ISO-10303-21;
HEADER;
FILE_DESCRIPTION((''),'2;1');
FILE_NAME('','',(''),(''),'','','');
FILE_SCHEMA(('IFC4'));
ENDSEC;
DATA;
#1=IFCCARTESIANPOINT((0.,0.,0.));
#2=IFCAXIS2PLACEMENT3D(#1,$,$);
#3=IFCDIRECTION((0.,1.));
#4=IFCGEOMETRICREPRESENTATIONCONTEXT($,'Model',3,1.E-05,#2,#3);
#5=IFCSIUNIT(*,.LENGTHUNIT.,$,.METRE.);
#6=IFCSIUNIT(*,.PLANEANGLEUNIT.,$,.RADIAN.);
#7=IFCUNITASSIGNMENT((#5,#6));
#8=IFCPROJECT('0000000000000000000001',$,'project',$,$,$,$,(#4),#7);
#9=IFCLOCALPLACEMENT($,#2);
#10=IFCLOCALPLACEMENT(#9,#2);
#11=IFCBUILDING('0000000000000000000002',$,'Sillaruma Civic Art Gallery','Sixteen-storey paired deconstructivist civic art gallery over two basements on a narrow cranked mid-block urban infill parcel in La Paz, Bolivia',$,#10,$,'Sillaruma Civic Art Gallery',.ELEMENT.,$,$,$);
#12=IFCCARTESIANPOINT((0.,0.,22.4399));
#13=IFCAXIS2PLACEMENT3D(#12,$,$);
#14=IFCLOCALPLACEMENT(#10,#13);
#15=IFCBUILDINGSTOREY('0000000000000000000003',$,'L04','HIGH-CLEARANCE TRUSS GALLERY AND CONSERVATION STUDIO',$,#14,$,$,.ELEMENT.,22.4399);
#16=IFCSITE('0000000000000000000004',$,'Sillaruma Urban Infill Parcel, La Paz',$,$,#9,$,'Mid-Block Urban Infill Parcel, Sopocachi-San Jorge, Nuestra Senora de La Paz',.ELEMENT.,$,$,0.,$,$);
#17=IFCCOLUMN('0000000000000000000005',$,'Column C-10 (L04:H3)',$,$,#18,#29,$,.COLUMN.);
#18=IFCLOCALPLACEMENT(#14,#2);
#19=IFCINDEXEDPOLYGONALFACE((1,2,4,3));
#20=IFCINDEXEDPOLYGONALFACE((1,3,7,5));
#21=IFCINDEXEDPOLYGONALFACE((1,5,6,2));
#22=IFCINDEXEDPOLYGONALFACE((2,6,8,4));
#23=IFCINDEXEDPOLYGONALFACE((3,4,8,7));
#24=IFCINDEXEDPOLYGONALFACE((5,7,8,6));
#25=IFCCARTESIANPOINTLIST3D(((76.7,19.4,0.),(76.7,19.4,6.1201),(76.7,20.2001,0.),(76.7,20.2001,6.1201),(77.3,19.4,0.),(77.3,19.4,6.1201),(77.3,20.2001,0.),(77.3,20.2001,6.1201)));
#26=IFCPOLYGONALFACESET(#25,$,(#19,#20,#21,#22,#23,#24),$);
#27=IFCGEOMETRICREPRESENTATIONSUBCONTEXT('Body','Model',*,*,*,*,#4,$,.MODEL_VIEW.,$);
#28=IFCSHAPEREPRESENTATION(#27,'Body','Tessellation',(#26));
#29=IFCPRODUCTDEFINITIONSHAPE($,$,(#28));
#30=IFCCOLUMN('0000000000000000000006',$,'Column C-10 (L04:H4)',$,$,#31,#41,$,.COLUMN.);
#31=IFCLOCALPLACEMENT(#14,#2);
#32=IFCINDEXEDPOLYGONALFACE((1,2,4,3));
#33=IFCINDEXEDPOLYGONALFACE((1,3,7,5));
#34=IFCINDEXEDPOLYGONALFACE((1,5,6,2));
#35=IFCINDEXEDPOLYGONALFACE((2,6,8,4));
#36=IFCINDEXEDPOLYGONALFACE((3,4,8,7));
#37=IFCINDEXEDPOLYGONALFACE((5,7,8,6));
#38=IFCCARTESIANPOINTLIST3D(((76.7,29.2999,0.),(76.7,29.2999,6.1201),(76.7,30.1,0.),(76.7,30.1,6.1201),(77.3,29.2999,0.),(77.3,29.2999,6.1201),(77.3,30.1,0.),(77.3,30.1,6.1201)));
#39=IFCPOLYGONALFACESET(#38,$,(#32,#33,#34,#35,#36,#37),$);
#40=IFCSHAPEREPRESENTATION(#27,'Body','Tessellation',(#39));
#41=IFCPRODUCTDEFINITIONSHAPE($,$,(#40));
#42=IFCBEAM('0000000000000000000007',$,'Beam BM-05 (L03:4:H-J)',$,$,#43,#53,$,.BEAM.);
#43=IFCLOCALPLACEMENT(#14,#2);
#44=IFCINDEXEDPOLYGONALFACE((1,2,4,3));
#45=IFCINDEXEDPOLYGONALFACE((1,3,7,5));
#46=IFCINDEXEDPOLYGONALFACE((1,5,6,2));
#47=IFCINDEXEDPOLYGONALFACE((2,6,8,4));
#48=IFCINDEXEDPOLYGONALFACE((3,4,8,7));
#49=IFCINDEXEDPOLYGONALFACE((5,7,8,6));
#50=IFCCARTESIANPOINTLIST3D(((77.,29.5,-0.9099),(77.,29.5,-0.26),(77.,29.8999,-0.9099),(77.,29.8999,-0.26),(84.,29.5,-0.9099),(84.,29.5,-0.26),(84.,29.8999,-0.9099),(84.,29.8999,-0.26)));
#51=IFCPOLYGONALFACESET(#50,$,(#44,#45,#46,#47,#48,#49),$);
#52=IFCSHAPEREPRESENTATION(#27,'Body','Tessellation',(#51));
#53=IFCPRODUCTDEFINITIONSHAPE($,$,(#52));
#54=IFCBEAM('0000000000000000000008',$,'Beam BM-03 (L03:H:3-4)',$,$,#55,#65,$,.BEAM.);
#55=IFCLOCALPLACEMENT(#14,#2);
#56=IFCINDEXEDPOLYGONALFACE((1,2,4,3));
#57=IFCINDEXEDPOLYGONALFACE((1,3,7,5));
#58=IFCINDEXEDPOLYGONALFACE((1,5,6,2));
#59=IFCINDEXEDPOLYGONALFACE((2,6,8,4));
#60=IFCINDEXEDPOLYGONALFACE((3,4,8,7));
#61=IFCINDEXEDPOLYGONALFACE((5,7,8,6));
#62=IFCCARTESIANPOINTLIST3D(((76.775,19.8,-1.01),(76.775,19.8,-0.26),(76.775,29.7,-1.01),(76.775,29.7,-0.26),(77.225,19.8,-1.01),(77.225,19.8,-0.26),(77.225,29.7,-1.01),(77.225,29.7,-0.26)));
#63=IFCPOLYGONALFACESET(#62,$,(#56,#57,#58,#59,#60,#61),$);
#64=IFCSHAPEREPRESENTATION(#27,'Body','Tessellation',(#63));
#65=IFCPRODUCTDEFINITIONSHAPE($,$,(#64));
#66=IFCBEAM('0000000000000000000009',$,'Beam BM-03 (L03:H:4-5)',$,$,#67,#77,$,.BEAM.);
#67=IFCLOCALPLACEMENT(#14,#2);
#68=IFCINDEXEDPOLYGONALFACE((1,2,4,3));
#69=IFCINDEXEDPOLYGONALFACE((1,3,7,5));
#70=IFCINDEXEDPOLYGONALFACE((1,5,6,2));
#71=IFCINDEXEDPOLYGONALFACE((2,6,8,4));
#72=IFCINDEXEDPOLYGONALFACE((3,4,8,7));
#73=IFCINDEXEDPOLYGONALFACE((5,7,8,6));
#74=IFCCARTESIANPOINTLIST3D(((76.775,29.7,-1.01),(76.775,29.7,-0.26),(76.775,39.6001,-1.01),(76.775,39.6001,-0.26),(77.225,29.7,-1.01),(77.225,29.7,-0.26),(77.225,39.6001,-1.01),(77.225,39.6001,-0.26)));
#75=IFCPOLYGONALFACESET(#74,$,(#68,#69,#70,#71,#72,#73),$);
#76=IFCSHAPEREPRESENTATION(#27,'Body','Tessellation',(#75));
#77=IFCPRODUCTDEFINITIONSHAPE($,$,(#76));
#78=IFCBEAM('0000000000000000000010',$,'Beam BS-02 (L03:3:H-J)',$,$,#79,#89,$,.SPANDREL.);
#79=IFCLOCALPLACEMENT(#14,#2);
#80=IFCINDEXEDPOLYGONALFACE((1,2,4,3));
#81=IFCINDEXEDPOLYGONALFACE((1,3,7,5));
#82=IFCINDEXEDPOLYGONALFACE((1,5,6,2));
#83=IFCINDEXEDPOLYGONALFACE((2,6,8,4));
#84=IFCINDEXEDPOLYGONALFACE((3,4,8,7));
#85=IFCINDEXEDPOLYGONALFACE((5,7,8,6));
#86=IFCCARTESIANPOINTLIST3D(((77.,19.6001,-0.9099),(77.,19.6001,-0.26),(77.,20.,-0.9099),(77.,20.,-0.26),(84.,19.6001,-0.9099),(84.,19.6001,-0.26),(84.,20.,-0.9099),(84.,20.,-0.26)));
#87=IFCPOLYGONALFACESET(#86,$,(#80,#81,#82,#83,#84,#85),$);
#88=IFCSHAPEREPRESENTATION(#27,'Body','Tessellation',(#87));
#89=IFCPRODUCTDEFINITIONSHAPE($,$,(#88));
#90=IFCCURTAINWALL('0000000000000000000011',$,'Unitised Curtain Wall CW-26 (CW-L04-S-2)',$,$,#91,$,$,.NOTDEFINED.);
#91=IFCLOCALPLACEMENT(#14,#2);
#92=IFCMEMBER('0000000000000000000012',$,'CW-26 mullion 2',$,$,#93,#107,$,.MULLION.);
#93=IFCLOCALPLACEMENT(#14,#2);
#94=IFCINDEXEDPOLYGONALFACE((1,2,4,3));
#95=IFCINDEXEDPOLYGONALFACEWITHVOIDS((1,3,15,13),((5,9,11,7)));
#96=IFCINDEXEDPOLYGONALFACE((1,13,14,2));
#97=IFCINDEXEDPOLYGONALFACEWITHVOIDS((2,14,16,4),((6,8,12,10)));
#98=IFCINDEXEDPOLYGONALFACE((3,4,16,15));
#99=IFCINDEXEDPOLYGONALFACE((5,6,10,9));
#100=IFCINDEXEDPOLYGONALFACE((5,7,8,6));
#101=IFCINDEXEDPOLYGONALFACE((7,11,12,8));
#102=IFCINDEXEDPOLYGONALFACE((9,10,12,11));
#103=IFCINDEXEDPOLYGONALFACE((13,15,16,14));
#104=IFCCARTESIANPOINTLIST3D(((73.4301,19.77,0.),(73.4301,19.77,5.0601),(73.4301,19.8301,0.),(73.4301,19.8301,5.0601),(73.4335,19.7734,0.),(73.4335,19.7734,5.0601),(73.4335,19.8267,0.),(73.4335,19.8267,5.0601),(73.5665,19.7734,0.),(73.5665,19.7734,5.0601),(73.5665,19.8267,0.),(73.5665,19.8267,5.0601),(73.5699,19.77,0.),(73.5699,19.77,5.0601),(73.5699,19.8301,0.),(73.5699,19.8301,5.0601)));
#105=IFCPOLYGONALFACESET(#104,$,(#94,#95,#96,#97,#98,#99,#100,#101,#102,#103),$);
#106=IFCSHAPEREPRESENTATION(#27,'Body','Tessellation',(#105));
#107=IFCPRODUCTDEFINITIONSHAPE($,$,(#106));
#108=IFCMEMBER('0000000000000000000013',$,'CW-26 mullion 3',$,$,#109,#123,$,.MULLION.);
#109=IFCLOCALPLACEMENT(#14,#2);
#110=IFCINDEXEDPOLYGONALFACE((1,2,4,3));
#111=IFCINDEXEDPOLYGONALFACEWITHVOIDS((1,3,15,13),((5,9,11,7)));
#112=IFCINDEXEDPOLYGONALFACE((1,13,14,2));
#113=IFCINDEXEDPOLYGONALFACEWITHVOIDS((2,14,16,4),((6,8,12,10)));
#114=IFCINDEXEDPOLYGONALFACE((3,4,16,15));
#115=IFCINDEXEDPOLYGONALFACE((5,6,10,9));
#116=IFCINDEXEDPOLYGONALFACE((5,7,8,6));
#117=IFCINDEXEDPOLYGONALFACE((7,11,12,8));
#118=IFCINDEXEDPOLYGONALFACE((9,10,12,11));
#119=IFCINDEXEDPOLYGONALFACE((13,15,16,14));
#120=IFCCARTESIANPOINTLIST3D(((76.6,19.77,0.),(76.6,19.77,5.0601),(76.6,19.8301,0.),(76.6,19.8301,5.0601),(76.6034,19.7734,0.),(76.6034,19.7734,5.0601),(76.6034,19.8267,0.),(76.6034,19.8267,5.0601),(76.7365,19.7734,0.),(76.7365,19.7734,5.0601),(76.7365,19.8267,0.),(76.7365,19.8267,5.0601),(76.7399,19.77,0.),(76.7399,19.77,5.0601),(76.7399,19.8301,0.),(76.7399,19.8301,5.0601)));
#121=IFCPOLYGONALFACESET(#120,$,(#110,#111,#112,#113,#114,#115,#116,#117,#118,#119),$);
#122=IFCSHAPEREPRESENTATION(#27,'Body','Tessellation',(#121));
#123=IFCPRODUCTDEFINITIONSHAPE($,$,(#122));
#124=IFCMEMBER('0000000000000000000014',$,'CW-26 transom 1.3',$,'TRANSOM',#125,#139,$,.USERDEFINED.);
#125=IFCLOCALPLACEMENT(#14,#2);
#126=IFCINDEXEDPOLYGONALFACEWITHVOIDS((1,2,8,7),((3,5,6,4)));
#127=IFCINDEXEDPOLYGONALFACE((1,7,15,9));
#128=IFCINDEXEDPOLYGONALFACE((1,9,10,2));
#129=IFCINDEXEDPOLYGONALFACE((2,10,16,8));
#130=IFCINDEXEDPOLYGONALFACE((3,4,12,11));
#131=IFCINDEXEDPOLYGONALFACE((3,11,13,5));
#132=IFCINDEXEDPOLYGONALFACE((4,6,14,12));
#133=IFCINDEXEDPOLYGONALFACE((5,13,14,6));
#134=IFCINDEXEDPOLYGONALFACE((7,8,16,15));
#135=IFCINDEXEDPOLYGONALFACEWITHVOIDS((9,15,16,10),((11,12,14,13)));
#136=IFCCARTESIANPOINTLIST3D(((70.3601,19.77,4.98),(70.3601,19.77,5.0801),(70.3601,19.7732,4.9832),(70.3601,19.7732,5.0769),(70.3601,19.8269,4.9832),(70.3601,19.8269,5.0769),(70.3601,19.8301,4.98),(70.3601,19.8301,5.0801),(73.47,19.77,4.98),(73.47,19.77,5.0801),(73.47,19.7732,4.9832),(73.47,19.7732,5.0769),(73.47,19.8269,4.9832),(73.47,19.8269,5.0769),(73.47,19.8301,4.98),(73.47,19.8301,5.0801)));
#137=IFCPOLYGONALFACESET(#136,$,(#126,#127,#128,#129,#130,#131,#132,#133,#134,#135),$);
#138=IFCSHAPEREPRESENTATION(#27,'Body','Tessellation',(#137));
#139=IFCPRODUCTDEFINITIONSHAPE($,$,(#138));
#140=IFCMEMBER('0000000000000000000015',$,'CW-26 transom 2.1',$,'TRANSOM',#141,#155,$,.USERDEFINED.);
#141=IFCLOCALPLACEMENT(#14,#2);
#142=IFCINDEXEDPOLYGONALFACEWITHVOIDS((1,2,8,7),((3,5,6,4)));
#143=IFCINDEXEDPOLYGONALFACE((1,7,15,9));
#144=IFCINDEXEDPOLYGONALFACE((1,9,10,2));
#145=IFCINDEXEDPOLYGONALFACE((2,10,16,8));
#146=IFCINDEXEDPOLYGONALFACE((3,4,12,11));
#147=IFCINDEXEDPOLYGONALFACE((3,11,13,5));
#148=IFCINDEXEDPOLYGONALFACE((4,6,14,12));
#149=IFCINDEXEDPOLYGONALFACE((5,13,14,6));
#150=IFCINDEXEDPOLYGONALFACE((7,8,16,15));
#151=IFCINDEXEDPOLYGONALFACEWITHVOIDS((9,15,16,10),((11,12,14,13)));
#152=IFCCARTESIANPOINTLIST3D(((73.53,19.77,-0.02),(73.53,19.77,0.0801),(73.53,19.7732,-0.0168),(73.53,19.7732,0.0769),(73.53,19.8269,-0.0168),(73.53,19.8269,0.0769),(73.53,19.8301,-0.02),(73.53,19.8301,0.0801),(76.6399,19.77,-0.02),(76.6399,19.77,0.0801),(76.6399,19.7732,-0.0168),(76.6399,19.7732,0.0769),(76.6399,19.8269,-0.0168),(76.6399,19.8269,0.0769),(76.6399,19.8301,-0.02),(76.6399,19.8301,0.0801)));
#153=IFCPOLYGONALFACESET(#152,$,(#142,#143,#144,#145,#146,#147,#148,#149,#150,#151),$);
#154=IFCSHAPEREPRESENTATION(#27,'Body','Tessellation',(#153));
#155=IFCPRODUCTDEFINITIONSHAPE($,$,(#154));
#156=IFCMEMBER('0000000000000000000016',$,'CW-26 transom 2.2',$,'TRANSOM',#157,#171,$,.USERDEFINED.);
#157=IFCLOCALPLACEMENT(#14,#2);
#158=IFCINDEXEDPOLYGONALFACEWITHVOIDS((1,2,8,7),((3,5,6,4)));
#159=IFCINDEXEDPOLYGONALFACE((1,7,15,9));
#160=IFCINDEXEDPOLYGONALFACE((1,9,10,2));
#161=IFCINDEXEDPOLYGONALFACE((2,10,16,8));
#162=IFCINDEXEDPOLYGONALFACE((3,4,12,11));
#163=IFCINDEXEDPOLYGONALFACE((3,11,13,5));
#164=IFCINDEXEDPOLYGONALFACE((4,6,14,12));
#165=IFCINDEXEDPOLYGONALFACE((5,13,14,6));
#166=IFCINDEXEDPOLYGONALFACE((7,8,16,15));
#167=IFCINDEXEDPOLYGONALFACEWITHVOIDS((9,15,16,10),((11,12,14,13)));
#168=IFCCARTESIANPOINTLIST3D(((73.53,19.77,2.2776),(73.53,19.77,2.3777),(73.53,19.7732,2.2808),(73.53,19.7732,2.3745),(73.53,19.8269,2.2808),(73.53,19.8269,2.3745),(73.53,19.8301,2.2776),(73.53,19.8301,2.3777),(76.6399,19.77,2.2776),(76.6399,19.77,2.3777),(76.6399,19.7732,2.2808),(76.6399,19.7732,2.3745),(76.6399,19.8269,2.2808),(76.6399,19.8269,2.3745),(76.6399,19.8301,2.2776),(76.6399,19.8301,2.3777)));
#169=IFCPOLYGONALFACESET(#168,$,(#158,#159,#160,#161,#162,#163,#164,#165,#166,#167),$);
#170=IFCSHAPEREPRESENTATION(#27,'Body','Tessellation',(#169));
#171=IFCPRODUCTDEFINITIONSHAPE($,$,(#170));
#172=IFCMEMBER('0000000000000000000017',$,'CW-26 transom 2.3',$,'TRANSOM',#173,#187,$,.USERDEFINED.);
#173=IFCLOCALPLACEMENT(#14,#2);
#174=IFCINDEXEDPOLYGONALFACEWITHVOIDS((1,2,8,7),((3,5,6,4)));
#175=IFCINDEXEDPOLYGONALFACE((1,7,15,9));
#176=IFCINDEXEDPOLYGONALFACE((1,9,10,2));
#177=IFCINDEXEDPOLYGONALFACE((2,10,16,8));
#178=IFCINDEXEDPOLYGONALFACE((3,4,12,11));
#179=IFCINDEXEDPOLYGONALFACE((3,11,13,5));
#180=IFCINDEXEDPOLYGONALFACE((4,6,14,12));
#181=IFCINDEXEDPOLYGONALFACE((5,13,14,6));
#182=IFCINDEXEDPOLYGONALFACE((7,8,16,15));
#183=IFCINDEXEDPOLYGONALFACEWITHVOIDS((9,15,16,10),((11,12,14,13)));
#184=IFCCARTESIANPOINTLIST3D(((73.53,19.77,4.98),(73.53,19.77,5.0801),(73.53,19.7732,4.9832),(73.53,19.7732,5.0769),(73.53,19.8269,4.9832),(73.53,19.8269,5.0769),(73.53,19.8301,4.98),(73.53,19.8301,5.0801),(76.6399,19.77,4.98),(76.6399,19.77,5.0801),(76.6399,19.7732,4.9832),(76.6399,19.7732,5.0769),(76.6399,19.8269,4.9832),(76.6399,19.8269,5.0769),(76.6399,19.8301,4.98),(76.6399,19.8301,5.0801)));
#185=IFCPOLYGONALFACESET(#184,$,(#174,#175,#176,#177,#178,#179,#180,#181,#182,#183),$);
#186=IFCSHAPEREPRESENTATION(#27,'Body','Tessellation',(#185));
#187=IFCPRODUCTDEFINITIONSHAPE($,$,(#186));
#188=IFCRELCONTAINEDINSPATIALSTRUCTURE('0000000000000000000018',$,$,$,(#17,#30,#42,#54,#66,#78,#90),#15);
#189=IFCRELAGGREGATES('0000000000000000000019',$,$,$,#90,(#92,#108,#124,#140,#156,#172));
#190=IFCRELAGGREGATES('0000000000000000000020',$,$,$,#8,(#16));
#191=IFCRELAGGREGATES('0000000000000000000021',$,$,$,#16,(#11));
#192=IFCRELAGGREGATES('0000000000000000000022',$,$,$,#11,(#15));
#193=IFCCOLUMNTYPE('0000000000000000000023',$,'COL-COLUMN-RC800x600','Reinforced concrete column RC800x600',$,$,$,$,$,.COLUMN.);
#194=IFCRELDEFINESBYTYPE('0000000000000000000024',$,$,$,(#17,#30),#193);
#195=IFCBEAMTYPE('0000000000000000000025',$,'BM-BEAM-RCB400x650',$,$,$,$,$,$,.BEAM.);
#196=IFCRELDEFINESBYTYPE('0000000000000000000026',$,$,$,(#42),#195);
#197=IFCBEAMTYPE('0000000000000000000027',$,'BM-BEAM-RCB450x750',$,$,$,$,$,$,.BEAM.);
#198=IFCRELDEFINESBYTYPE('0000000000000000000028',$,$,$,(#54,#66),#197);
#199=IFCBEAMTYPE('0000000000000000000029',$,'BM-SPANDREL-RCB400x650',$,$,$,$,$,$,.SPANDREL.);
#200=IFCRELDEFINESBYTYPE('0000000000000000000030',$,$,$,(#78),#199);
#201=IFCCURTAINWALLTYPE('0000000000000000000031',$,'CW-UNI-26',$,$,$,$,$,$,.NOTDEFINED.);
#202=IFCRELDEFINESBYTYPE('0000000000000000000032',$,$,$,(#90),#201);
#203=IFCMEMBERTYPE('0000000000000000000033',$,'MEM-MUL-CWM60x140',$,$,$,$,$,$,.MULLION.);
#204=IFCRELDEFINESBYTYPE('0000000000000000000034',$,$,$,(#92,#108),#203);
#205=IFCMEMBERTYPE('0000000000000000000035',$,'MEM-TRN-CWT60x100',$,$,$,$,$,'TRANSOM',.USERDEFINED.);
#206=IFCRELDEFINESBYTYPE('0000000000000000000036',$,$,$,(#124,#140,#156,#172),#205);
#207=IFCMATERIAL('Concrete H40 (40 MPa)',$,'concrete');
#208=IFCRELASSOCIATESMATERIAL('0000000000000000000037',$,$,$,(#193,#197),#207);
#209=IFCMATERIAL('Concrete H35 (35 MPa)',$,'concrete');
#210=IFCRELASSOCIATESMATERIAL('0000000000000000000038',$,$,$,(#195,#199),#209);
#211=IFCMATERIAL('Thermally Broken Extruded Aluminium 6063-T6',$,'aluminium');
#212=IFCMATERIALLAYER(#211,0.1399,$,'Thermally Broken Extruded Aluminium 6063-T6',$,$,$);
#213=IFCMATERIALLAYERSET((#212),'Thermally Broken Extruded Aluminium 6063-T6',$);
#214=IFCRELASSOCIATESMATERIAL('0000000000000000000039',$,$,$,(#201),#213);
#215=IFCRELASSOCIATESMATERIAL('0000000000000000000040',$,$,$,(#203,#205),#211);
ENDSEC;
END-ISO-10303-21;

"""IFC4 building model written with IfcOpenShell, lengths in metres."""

from ifc_helpers import new_model, si_unit, direction, frame, origin, origin_2d, place, context, subcontext, project, spatial, rectangle, hollow_rectangle, extrude, material, layer, layer_set, material_profile, profile_set, type_object, element, aggregate, save


model = new_model("IFC4")

# Units and contexts
model_context = context("Model", 3, precision=1e-05, world=origin(), true_north=direction((0.0, 1.0)))
body_context = subcontext(model_context, "Body", "Model", "MODEL_VIEW")
ifc_project = project(units=[si_unit("LENGTHUNIT", "METRE"), si_unit("PLANEANGLEUNIT", "RADIAN")], contexts=[model_context])

# Site, building, storey
site_placement = place(None, origin())
site = spatial("IfcSite", under=ifc_project, at=site_placement, Name="Sillaruma Urban Infill Parcel, La Paz", LongName="Mid-Block Urban Infill Parcel, Sopocachi-San Jorge, Nuestra Senora de La Paz", CompositionType="ELEMENT", RefElevation=0.0)
building_placement = place(site_placement, origin())
building = spatial("IfcBuilding", under=site, at=building_placement, Name="Sillaruma Civic Art Gallery", Description="Sixteen-storey paired deconstructivist civic art gallery over two basements on a narrow cranked mid-block urban infill parcel in La Paz, Bolivia", LongName="Sillaruma Civic Art Gallery", CompositionType="ELEMENT")
storey_placement = place(building_placement, frame((0.0, 0.0, 22.4399)))
storey = spatial("IfcBuildingStorey", under=building, at=storey_placement, Name="L04", Description="HIGH-CLEARANCE TRUSS GALLERY AND CONSERVATION STUDIO", CompositionType="ELEMENT", Elevation=22.4399)

# Columns
ifc_material_1 = material(Name="Concrete H40 (40 MPa)", Category="concrete")
ifc_material_profile_1 = material_profile(ifc_material_1, rectangle(XDim=0.6001, YDim=0.8, at=origin_2d()), Name="RC800x600")
ifc_profile_set_1 = profile_set([ifc_material_profile_1], Name="Concrete H40 (40 MPa)")
column_type = type_object("IfcColumnType", Name="COL-COLUMN-RC800x600", Description="Reinforced concrete column RC800x600", PredefinedType="COLUMN", material=ifc_profile_set_1)
for number, where, z_axis, x_axis, name in (
    (1, (77.0, 19.8, 0.0), (0.0, 0.0, 1.0), (1.0, 0.0, 0.0), "Column C-10 (L04:H3)"),
    (2, (77.0, 29.7, 0.0), (0.0, 0.0, 1.0), (1.0, 0.0, 0.0), "Column C-10 (L04:H4)"),
):
    element("IfcColumn", number, at=place(storey_placement, frame(where, z_axis=z_axis, x_axis=x_axis)), inside=storey, type_object=column_type, Name=name, PredefinedType="COLUMN", context=body_context, shape_type="SweptSolid", body=[
        extrude(rectangle(XDim=0.6001, YDim=0.8, at=origin_2d()), origin(), (0.0, 0.0, 1.0), 6.1201),
    ])

# Beams
ifc_material_2 = material(Name="Concrete H35 (35 MPa)", Category="concrete")
ifc_material_profile_2 = material_profile(ifc_material_2, rectangle(XDim=0.3999, YDim=0.6499, at=origin_2d()), Name="RCB400x650")
ifc_profile_set_2 = profile_set([ifc_material_profile_2], Name="Concrete H35 (35 MPa)")
beam_type_1 = type_object("IfcBeamType", Name="BM-BEAM-RCB400x650", PredefinedType="BEAM", material=ifc_profile_set_2)
beam_1_placement = place(storey_placement, frame((77.0, 29.7, -0.585), z_axis=(1.0, 0.0, 0.0), x_axis=(0.0, 1.0, 0.0)))
element("IfcBeam", 3, at=beam_1_placement, inside=storey, type_object=beam_type_1, Name="Beam BM-05 (L03:4:H-J)", PredefinedType="BEAM", context=body_context, shape_type="SweptSolid", body=[
    extrude(rectangle(XDim=0.3999, YDim=0.6499, at=origin_2d()), origin(), (0.0, 0.0, 1.0), 7.0),
])
ifc_material_profile_3 = material_profile(ifc_material_1, rectangle(XDim=0.45, YDim=0.75, at=origin_2d()), Name="RCB450x750")
ifc_profile_set_3 = profile_set([ifc_material_profile_3], Name="Concrete H40 (40 MPa)")
beam_type_2 = type_object("IfcBeamType", Name="BM-BEAM-RCB450x750", PredefinedType="BEAM", material=ifc_profile_set_3)
beam_2_placement = place(storey_placement, frame((77.0, 19.8, -0.635), z_axis=(0.0, 1.0, 0.0), x_axis=(-1.0, 0.0, 0.0)))
element("IfcBeam", 4, at=beam_2_placement, inside=storey, type_object=beam_type_2, Name="Beam BM-03 (L03:H:3-4)", PredefinedType="BEAM", context=body_context, shape_type="SweptSolid", body=[
    extrude(rectangle(XDim=0.45, YDim=0.75, at=origin_2d()), origin(), (0.0, 0.0, 1.0), 9.8999),
])
beam_3_placement = place(storey_placement, frame((77.0, 29.7, -0.635), z_axis=(0.0, 1.0, 0.0), x_axis=(-1.0, 0.0, 0.0)))
element("IfcBeam", 5, at=beam_3_placement, inside=storey, type_object=beam_type_2, Name="Beam BM-03 (L03:H:4-5)", PredefinedType="BEAM", context=body_context, shape_type="SweptSolid", body=[
    extrude(rectangle(XDim=0.45, YDim=0.75, at=origin_2d()), origin(), (0.0, 0.0, 1.0), 9.9001),
])
ifc_material_profile_4 = material_profile(ifc_material_2, rectangle(XDim=0.3999, YDim=0.6499, at=origin_2d()), Name="RCB400x650")
ifc_profile_set_4 = profile_set([ifc_material_profile_4], Name="Concrete H35 (35 MPa)")
beam_type_3 = type_object("IfcBeamType", Name="BM-SPANDREL-RCB400x650", PredefinedType="SPANDREL", material=ifc_profile_set_4)
beam_4_placement = place(storey_placement, frame((77.0, 19.8, -0.585), z_axis=(1.0, 0.0, 0.0), x_axis=(0.0, 1.0, 0.0)))
element("IfcBeam", 6, at=beam_4_placement, inside=storey, type_object=beam_type_3, Name="Beam BS-02 (L03:3:H-J)", PredefinedType="SPANDREL", context=body_context, shape_type="SweptSolid", body=[
    extrude(rectangle(XDim=0.3999, YDim=0.6499, at=origin_2d()), origin(), (0.0, 0.0, 1.0), 7.0),
])

# Curtain wall, members
ifc_material_3 = material(Name="Thermally Broken Extruded Aluminium 6063-T6", Category="aluminium")
ifc_layer_1 = layer(ifc_material_3, 0.1399, Name="Thermally Broken Extruded Aluminium 6063-T6")
ifc_layer_set_1 = layer_set([ifc_layer_1], Name="Thermally Broken Extruded Aluminium 6063-T6")
curtain_wall_type = type_object("IfcCurtainWallType", Name="CW-UNI-26", PredefinedType="NOTDEFINED", material=ifc_layer_set_1)
curtain_wall_placement = place(storey_placement, origin())
curtain_wall = element("IfcCurtainWall", 7, at=curtain_wall_placement, inside=storey, type_object=curtain_wall_type, Name="Unitised Curtain Wall CW-26 (CW-L04-S-2)", PredefinedType="NOTDEFINED")
ifc_material_profile_5 = material_profile(ifc_material_3, hollow_rectangle(XDim=0.0601, YDim=0.1399, WallThickness=0.0034, at=origin_2d()), Name="CWM60x140")
ifc_profile_set_5 = profile_set([ifc_material_profile_5], Name="Thermally Broken Extruded Aluminium 6063-T6")
member_type_1 = type_object("IfcMemberType", Name="MEM-MUL-CWM60x140", PredefinedType="MULLION", material=ifc_profile_set_5)
member_1_placement = place(storey_placement, frame((73.5, 19.8, 0.0), z_axis=(0.0, 0.0, 1.0), x_axis=(0.0, 1.0, 0.0)))
member_1 = element("IfcMember", 8, at=member_1_placement, type_object=member_type_1, Name="CW-26 mullion 2", PredefinedType="MULLION", context=body_context, shape_type="SweptSolid", body=[
    extrude(hollow_rectangle(XDim=0.0601, YDim=0.1399, WallThickness=0.0034, at=origin_2d()), origin(), (0.0, 0.0, 1.0), 5.0601),
])
member_2_placement = place(storey_placement, frame((76.6699, 19.8, 0.0), z_axis=(0.0, 0.0, 1.0), x_axis=(0.0, 1.0, 0.0)))
member_2 = element("IfcMember", 9, at=member_2_placement, type_object=member_type_1, Name="CW-26 mullion 3", PredefinedType="MULLION", context=body_context, shape_type="SweptSolid", body=[
    extrude(hollow_rectangle(XDim=0.0601, YDim=0.1399, WallThickness=0.0034, at=origin_2d()), origin(), (0.0, 0.0, 1.0), 5.0601),
])
ifc_material_profile_6 = material_profile(ifc_material_3, hollow_rectangle(XDim=0.0601, YDim=0.1001, WallThickness=0.0032, at=origin_2d()), Name="CWT60x100")
ifc_profile_set_6 = profile_set([ifc_material_profile_6], Name="Thermally Broken Extruded Aluminium 6063-T6")
member_type_2 = type_object("IfcMemberType", Name="MEM-TRN-CWT60x100", ElementType="TRANSOM", PredefinedType="USERDEFINED", material=ifc_profile_set_6)
member_3_placement = place(storey_placement, frame((70.3601, 19.8, 5.03), z_axis=(1.0, 0.0, 0.0), x_axis=(0.0, 1.0, 0.0)))
member_3 = element("IfcMember", 10, at=member_3_placement, type_object=member_type_2, Name="CW-26 transom 1.3", ObjectType="TRANSOM", PredefinedType="USERDEFINED", context=body_context, shape_type="SweptSolid", body=[
    extrude(hollow_rectangle(XDim=0.0601, YDim=0.1001, WallThickness=0.0032, at=origin_2d()), origin(), (0.0, 0.0, 1.0), 3.1099),
])
member_4_placement = place(storey_placement, frame((73.53, 19.8, 0.03), z_axis=(1.0, 0.0, 0.0), x_axis=(0.0, 1.0, 0.0)))
member_4 = element("IfcMember", 11, at=member_4_placement, type_object=member_type_2, Name="CW-26 transom 2.1", ObjectType="TRANSOM", PredefinedType="USERDEFINED", context=body_context, shape_type="SweptSolid", body=[
    extrude(hollow_rectangle(XDim=0.0601, YDim=0.1001, WallThickness=0.0032, at=origin_2d()), origin(), (0.0, 0.0, 1.0), 3.1099),
])
member_5_placement = place(storey_placement, frame((73.53, 19.8, 2.3276), z_axis=(1.0, 0.0, 0.0), x_axis=(0.0, 1.0, 0.0)))
member_5 = element("IfcMember", 12, at=member_5_placement, type_object=member_type_2, Name="CW-26 transom 2.2", ObjectType="TRANSOM", PredefinedType="USERDEFINED", context=body_context, shape_type="SweptSolid", body=[
    extrude(hollow_rectangle(XDim=0.0601, YDim=0.1001, WallThickness=0.0032, at=origin_2d()), origin(), (0.0, 0.0, 1.0), 3.1099),
])
member_6_placement = place(storey_placement, frame((73.53, 19.8, 5.03), z_axis=(1.0, 0.0, 0.0), x_axis=(0.0, 1.0, 0.0)))
member_6 = element("IfcMember", 13, at=member_6_placement, type_object=member_type_2, Name="CW-26 transom 2.3", ObjectType="TRANSOM", PredefinedType="USERDEFINED", context=body_context, shape_type="SweptSolid", body=[
    extrude(hollow_rectangle(XDim=0.0601, YDim=0.1001, WallThickness=0.0032, at=origin_2d()), origin(), (0.0, 0.0, 1.0), 3.1099),
])
aggregate(curtain_wall, [member_1, member_2, member_3, member_4, member_5, member_6])

save(model, "model.ifc")
